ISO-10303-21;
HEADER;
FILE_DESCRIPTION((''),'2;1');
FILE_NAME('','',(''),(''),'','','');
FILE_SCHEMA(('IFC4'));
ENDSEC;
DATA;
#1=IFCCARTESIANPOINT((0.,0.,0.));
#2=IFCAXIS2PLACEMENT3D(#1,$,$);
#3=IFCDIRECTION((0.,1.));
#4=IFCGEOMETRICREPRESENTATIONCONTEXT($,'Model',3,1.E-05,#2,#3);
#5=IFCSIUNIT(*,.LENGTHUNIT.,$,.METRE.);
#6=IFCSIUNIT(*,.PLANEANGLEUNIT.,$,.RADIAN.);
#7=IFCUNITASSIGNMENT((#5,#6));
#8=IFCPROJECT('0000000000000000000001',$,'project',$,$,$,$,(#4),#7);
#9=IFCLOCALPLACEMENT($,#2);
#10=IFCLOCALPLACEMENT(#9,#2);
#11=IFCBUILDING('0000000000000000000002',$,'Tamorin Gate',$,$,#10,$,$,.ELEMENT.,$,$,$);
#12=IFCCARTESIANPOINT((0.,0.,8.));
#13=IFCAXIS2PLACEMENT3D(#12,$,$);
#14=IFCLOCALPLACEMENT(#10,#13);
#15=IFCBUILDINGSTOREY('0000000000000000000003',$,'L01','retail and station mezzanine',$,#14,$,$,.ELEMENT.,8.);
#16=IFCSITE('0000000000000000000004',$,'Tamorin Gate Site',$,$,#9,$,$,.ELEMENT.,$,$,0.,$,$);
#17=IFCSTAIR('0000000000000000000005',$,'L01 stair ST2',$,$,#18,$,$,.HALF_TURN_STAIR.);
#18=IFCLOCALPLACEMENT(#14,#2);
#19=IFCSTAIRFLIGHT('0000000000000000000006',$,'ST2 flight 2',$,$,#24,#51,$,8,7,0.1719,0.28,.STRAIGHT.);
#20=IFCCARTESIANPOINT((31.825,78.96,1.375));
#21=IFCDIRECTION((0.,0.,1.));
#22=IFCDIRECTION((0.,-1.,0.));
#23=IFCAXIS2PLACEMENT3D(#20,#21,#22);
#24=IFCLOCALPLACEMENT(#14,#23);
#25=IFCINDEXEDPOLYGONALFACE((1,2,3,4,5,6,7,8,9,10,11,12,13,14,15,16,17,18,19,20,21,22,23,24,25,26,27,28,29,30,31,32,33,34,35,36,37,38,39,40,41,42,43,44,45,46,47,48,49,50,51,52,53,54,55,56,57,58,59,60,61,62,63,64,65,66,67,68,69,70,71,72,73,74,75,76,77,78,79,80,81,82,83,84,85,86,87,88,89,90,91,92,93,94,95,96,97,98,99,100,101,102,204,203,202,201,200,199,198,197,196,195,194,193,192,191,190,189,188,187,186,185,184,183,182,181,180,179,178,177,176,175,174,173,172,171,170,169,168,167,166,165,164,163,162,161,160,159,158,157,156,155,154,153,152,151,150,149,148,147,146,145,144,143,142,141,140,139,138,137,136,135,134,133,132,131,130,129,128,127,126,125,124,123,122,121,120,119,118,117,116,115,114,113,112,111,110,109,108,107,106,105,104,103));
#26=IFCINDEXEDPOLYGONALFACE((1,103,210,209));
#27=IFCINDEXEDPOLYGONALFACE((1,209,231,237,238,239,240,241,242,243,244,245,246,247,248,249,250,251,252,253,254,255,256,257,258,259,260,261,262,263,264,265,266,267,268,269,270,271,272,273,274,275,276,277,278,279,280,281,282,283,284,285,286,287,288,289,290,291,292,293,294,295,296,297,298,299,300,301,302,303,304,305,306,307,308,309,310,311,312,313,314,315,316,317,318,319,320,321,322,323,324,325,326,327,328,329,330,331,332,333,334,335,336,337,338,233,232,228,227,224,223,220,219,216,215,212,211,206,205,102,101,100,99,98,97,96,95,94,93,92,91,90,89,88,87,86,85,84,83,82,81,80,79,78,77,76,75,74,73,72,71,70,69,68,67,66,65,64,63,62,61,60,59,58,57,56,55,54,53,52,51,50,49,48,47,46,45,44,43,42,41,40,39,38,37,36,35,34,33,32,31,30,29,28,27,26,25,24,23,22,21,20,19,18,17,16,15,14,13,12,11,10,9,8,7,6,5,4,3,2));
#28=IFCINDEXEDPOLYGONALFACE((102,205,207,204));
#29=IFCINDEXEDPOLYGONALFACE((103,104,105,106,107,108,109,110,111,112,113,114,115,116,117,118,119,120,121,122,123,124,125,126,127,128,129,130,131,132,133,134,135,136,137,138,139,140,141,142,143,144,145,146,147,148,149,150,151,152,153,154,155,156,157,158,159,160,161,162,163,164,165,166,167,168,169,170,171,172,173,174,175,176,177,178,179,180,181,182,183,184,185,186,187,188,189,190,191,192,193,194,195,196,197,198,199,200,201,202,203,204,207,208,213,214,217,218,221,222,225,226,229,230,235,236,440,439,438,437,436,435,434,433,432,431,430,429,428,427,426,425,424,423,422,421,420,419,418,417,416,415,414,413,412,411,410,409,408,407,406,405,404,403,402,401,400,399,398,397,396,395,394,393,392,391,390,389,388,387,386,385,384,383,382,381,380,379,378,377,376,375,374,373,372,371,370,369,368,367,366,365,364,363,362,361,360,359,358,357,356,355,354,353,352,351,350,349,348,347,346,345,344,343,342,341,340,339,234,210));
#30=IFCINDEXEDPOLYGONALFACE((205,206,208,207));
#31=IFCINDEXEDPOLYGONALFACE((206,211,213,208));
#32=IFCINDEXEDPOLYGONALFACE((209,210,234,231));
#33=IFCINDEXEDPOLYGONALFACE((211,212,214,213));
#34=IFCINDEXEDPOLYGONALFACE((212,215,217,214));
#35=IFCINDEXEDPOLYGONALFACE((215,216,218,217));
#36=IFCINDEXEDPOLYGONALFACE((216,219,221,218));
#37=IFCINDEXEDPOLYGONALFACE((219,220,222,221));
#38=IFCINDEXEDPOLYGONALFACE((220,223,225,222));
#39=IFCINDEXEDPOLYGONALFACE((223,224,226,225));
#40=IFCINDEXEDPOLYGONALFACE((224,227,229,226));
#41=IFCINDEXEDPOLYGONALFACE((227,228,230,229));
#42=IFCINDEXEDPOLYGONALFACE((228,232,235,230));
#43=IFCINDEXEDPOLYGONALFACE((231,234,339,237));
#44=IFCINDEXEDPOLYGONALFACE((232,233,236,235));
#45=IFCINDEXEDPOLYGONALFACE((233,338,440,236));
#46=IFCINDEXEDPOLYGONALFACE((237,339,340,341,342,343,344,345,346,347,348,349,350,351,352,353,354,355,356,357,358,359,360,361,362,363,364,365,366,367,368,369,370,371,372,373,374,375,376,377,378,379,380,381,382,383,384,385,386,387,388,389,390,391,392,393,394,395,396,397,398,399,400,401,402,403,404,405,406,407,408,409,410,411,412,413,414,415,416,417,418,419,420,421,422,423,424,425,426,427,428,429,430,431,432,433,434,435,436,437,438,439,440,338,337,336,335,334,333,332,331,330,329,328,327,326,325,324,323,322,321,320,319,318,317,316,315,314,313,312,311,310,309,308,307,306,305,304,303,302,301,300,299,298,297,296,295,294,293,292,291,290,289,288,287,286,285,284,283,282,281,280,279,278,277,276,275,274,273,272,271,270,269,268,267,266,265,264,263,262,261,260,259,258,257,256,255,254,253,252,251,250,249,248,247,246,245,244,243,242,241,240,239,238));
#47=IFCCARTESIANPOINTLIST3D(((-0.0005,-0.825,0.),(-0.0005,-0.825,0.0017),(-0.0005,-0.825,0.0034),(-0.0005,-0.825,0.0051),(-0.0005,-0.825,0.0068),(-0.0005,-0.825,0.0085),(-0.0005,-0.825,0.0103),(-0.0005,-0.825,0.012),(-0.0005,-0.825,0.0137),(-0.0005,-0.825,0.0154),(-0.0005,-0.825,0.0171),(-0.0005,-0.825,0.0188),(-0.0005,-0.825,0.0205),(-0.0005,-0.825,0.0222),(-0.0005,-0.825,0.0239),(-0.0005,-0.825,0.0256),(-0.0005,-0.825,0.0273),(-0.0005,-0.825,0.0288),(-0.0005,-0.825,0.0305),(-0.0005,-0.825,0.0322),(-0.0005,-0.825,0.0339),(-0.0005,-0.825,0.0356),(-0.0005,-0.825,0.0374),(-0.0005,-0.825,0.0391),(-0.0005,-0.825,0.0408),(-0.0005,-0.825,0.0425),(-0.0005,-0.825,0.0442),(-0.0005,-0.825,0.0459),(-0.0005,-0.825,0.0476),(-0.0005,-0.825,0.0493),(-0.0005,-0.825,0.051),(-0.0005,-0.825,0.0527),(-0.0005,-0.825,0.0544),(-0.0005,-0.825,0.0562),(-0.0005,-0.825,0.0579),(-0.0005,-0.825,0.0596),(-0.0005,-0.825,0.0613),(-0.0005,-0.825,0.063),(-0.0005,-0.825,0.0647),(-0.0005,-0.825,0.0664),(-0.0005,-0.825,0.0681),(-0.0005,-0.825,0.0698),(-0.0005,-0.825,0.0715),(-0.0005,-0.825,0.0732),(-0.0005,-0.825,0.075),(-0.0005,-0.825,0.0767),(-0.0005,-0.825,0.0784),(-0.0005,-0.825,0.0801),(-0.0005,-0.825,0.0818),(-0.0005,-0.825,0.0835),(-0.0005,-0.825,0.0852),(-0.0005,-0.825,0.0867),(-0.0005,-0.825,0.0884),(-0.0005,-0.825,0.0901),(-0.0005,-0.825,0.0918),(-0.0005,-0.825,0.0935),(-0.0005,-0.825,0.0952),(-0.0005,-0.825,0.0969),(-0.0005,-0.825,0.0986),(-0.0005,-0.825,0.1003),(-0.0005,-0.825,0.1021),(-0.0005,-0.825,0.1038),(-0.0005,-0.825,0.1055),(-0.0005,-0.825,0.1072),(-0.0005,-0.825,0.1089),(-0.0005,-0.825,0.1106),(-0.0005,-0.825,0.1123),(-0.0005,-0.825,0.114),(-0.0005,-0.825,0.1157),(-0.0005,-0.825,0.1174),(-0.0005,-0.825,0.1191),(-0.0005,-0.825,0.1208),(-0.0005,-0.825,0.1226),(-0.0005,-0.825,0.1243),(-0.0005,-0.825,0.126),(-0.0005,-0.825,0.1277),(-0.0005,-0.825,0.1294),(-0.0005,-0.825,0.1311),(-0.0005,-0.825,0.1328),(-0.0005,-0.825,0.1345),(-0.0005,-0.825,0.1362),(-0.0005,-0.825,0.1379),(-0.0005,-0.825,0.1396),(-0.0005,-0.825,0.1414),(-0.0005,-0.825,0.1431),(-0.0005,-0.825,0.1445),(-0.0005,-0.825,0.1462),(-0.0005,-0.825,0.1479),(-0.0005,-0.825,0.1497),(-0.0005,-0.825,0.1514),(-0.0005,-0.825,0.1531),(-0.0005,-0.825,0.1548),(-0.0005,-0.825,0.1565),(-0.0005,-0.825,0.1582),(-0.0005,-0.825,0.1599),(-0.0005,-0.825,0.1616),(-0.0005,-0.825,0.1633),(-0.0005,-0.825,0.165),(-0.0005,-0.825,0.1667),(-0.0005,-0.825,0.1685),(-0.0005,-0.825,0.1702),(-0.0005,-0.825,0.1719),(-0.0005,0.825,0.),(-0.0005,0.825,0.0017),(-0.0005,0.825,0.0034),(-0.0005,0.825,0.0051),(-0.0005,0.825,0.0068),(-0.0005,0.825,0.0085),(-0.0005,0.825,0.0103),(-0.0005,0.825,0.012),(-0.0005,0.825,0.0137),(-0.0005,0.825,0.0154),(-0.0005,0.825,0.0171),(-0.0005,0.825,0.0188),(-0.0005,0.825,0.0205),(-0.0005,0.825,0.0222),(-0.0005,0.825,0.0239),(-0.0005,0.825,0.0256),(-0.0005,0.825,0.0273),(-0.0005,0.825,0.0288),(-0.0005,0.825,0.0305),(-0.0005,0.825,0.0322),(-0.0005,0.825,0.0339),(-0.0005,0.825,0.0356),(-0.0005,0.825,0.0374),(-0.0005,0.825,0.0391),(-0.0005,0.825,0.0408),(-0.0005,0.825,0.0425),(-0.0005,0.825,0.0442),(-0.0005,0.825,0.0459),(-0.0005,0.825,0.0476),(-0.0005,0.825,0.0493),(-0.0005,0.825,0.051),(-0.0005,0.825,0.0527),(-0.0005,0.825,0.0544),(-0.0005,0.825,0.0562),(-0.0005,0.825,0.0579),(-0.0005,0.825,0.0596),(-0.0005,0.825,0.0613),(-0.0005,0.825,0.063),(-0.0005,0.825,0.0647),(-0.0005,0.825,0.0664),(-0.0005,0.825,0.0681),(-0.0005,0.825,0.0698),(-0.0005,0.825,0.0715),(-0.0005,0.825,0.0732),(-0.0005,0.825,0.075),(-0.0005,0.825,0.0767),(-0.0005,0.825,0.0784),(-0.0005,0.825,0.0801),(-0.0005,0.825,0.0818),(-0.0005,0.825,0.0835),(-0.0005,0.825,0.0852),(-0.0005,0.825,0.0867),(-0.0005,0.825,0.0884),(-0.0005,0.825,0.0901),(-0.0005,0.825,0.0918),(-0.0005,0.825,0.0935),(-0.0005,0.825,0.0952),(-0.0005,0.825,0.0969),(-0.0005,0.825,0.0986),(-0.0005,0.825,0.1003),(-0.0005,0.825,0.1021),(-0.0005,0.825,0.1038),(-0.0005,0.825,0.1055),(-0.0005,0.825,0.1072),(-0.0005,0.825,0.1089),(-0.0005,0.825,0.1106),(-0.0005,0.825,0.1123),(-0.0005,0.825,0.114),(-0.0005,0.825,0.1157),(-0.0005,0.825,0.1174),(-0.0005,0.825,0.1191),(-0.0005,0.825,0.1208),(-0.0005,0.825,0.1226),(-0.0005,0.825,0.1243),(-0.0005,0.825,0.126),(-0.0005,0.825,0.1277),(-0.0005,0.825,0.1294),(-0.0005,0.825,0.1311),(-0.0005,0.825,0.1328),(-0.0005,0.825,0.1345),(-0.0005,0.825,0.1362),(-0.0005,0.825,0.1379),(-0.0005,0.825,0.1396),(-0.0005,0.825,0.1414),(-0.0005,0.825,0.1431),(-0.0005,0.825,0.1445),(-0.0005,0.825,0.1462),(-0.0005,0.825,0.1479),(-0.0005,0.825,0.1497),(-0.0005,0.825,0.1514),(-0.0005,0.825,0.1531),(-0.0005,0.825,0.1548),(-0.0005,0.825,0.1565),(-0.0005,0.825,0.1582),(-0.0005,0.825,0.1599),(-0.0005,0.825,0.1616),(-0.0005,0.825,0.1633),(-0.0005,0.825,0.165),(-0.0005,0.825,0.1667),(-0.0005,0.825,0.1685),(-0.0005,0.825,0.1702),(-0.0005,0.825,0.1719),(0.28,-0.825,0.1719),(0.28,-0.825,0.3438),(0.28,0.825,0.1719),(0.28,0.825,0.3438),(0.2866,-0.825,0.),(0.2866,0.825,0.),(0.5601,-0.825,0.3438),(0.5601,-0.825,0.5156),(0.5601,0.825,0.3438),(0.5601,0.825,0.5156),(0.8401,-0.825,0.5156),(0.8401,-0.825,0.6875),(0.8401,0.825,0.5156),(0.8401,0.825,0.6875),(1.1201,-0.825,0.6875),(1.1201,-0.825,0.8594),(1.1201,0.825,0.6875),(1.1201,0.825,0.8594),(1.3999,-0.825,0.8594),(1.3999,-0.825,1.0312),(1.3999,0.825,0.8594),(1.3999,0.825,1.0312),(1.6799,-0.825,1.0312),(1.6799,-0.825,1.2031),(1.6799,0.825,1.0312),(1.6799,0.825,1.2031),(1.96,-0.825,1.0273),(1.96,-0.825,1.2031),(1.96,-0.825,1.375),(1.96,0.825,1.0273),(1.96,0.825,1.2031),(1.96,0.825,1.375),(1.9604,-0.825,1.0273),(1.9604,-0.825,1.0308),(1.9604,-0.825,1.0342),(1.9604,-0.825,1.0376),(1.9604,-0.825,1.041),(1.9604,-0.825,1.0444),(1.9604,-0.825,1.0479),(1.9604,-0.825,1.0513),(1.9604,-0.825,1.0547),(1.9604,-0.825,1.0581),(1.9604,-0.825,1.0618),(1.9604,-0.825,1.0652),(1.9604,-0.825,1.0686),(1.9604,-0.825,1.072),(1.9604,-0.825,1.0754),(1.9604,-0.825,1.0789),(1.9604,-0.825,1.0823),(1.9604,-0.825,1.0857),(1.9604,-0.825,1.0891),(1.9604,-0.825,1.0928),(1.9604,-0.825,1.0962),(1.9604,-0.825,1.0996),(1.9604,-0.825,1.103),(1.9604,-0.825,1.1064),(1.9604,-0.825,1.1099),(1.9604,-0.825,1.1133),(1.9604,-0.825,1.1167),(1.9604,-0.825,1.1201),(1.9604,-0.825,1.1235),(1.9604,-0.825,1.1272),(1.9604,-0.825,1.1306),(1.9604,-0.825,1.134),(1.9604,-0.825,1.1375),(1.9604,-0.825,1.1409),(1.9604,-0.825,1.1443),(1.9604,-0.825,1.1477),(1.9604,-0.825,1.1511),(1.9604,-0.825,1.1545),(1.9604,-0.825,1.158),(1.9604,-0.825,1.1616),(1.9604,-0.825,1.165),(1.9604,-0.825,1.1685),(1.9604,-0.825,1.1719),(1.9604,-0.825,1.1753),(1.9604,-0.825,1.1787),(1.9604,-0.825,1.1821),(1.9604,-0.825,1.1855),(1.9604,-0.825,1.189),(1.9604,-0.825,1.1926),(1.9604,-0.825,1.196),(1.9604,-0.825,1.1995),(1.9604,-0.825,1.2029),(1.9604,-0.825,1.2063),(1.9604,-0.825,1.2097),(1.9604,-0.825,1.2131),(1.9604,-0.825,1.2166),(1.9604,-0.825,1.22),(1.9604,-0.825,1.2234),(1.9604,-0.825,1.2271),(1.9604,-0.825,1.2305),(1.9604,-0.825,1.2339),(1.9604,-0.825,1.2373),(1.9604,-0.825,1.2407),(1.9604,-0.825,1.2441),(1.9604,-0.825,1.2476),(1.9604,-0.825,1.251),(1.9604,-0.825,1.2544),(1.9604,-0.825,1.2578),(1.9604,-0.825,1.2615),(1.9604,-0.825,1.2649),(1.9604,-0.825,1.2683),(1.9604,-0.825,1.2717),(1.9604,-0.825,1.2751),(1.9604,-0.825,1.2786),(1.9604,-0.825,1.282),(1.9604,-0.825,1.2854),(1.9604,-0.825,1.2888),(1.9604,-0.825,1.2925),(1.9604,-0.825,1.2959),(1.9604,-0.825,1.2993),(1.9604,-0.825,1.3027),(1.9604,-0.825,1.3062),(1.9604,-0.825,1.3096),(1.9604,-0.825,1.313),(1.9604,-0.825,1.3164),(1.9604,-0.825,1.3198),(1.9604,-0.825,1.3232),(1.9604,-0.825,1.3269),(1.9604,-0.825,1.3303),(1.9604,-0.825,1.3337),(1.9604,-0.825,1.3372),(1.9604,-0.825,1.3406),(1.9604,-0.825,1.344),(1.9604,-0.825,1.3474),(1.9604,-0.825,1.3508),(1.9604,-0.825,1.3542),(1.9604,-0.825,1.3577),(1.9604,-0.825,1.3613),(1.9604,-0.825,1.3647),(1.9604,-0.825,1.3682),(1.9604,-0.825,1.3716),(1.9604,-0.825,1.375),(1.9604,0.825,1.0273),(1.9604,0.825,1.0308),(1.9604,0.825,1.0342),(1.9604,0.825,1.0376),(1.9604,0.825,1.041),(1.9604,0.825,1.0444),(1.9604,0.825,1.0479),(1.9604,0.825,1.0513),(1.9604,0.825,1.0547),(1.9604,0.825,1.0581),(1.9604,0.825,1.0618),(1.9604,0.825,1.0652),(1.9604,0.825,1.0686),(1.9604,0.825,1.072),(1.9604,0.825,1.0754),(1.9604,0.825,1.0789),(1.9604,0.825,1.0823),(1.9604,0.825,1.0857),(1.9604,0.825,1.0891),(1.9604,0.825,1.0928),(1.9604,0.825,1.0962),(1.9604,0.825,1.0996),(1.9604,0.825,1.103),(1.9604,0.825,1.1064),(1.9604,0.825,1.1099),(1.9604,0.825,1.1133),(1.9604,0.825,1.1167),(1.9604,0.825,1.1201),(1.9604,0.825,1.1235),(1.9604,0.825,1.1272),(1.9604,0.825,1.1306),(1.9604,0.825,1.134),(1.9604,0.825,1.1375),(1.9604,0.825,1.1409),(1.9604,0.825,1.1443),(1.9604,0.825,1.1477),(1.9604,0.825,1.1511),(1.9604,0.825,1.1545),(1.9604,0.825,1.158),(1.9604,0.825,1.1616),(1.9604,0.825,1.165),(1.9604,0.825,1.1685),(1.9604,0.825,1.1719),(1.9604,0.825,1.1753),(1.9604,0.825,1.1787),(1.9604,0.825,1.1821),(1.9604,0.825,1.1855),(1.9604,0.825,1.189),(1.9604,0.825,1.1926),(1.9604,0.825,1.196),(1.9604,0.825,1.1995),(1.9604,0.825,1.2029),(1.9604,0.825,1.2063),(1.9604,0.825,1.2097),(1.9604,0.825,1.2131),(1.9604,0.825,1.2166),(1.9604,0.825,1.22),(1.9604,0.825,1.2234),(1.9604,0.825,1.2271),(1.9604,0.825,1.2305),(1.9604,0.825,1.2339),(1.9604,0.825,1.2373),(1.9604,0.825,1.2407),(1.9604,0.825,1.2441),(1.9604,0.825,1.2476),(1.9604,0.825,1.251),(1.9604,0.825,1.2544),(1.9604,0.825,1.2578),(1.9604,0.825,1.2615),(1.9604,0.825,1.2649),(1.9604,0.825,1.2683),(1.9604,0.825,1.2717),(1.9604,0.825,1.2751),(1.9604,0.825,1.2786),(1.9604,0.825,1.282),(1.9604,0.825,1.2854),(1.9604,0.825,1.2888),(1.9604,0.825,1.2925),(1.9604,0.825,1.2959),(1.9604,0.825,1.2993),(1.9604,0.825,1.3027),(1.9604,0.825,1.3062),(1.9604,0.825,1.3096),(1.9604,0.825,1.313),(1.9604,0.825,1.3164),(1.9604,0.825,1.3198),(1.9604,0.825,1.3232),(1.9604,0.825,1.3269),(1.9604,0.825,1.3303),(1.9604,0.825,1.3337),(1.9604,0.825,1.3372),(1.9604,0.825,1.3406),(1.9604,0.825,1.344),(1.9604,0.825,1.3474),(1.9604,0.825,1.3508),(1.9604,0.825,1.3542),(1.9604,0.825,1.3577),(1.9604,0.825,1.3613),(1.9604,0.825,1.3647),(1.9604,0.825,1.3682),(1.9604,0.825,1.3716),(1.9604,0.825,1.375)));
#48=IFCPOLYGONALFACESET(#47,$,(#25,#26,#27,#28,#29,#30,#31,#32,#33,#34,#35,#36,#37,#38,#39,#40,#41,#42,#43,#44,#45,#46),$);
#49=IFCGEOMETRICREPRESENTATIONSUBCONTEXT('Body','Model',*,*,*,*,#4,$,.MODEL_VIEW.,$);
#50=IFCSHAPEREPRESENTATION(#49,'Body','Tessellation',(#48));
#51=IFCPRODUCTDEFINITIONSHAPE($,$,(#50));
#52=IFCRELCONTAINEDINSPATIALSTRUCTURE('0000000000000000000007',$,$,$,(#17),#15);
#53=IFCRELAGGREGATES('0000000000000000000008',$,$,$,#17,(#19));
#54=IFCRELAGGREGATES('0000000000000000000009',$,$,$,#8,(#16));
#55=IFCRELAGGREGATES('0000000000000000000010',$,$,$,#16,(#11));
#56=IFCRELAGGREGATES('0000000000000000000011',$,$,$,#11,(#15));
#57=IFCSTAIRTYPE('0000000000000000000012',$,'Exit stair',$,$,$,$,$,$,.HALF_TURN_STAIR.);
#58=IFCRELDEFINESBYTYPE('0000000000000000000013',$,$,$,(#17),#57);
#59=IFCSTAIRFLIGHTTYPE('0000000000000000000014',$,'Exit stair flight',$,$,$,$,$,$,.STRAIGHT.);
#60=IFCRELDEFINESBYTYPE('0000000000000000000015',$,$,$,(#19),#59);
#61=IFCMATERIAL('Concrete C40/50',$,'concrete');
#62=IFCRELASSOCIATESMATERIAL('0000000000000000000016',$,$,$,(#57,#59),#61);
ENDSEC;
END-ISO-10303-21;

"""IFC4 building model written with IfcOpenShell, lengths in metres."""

from ifc_helpers import new_model, si_unit, direction, frame, origin, place, context, subcontext, project, spatial, polyline, outline, extrude, material, type_object, element, aggregate, save


model = new_model("IFC4")

# Units and contexts
model_context = context("Model", 3, precision=1e-05, world=origin(), true_north=direction((0.0, 1.0)))
body_context = subcontext(model_context, "Body", "Model", "MODEL_VIEW")
ifc_project = project(units=[si_unit("LENGTHUNIT", "METRE"), si_unit("PLANEANGLEUNIT", "RADIAN")], contexts=[model_context])

# Site, building, storey
site_placement = place(None, origin())
site = spatial("IfcSite", under=ifc_project, at=site_placement, Name="Tamorin Gate Site", CompositionType="ELEMENT", RefElevation=0.0)
building_placement = place(site_placement, origin())
building = spatial("IfcBuilding", under=site, at=building_placement, Name="Tamorin Gate", CompositionType="ELEMENT")
storey_placement = place(building_placement, frame((0.0, 0.0, 8.0)))
storey = spatial("IfcBuildingStorey", under=building, at=storey_placement, Name="L01", Description="retail and station mezzanine", CompositionType="ELEMENT", Elevation=8.0)

# Stair, stair flight
ifc_material_1 = material(Name="Concrete C40/50", Category="concrete")
stair_type = type_object("IfcStairType", Name="Exit stair", PredefinedType="HALF_TURN_STAIR", material=ifc_material_1)
stair_placement = place(storey_placement, origin())
stair = element("IfcStair", 1, at=stair_placement, inside=storey, type_object=stair_type, Name="L01 stair ST2", PredefinedType="HALF_TURN_STAIR")
stair_flight_type = type_object("IfcStairFlightType", Name="Exit stair flight", PredefinedType="STRAIGHT", material=ifc_material_1)
stair_flight_1_placement = place(storey_placement, frame((31.825, 78.96, 1.375), z_axis=(0.0, 0.0, 1.0), x_axis=(0.0, -1.0, 0.0)))
stair_flight_1 = element("IfcStairFlight", 2, at=stair_flight_1_placement, type_object=stair_flight_type, Name="ST2 flight 2", NumberOfRisers=8, NumberOfTreads=7, PredefinedType="STRAIGHT", RiserHeight=0.1719, TreadLength=0.28, context=body_context, shape_type="SweptSolid", body=[
    extrude(outline(polyline([(-0.0005, 0.0), (-0.0005, 0.0017), (-0.0005, 0.0034), (-0.0005, 0.0051), (-0.0005, 0.0068), (-0.0005, 0.0085), (-0.0005, 0.0103), (-0.0005, 0.012), (-0.0005, 0.0137), (-0.0005, 0.0154), (-0.0005, 0.0171), (-0.0005, 0.0188), (-0.0005, 0.0205), (-0.0005, 0.0222), (-0.0005, 0.0239), (-0.0005, 0.0256), (-0.0005, 0.0273), (-0.0005, 0.0288), (-0.0005, 0.0305), (-0.0005, 0.0322), (-0.0005, 0.0339), (-0.0005, 0.0356), (-0.0005, 0.0374), (-0.0005, 0.0391), (-0.0005, 0.0408), (-0.0005, 0.0425), (-0.0005, 0.0442), (-0.0005, 0.0459), (-0.0005, 0.0476), (-0.0005, 0.0493), (-0.0005, 0.051), (-0.0005, 0.0527), (-0.0005, 0.0544), (-0.0005, 0.0562), (-0.0005, 0.0579), (-0.0005, 0.0596), (-0.0005, 0.0613), (-0.0005, 0.063), (-0.0005, 0.0647), (-0.0005, 0.0664), (-0.0005, 0.0681), (-0.0005, 0.0698), (-0.0005, 0.0715), (-0.0005, 0.0732), (-0.0005, 0.075), (-0.0005, 0.0767), (-0.0005, 0.0784), (-0.0005, 0.0801), (-0.0005, 0.0818), (-0.0005, 0.0835), (-0.0005, 0.0852), (-0.0005, 0.0867), (-0.0005, 0.0884), (-0.0005, 0.0901), (-0.0005, 0.0918), (-0.0005, 0.0935), (-0.0005, 0.0952), (-0.0005, 0.0969), (-0.0005, 0.0986), (-0.0005, 0.1003), (-0.0005, 0.1021), (-0.0005, 0.1038), (-0.0005, 0.1055), (-0.0005, 0.1072), (-0.0005, 0.1089), (-0.0005, 0.1106), (-0.0005, 0.1123), (-0.0005, 0.114), (-0.0005, 0.1157), (-0.0005, 0.1174), (-0.0005, 0.1191), (-0.0005, 0.1208), (-0.0005, 0.1226), (-0.0005, 0.1243), (-0.0005, 0.126), (-0.0005, 0.1277), (-0.0005, 0.1294), (-0.0005, 0.1311), (-0.0005, 0.1328), (-0.0005, 0.1345), (-0.0005, 0.1362), (-0.0005, 0.1379), (-0.0005, 0.1396), (-0.0005, 0.1414), (-0.0005, 0.1431), (-0.0005, 0.1445), (-0.0005, 0.1462), (-0.0005, 0.1479), (-0.0005, 0.1497), (-0.0005, 0.1514), (-0.0005, 0.1531), (-0.0005, 0.1548), (-0.0005, 0.1565), (-0.0005, 0.1582), (-0.0005, 0.1599), (-0.0005, 0.1616), (-0.0005, 0.1633), (-0.0005, 0.165), (-0.0005, 0.1667), (-0.0005, 0.1685), (-0.0005, 0.1702), (-0.0005, 0.1719), (0.28, 0.1719), (0.28, 0.3438), (0.5601, 0.3438), (0.5601, 0.5156), (0.8401, 0.5156), (0.8401, 0.6875), (1.1201, 0.6875), (1.1201, 0.8594), (1.3999, 0.8594), (1.3999, 1.0312), (1.6799, 1.0312), (1.6799, 1.2031), (1.96, 1.2031), (1.96, 1.375), (1.9604, 1.375), (1.9604, 1.3716), (1.9604, 1.3682), (1.9604, 1.3647), (1.9604, 1.3613), (1.9604, 1.3577), (1.9604, 1.3542), (1.9604, 1.3508), (1.9604, 1.3474), (1.9604, 1.344), (1.9604, 1.3406), (1.9604, 1.3372), (1.9604, 1.3337), (1.9604, 1.3303), (1.9604, 1.3269), (1.9604, 1.3232), (1.9604, 1.3198), (1.9604, 1.3164), (1.9604, 1.313), (1.9604, 1.3096), (1.9604, 1.3062), (1.9604, 1.3027), (1.9604, 1.2993), (1.9604, 1.2959), (1.9604, 1.2925), (1.9604, 1.2888), (1.9604, 1.2854), (1.9604, 1.282), (1.9604, 1.2786), (1.9604, 1.2751), (1.9604, 1.2717), (1.9604, 1.2683), (1.9604, 1.2649), (1.9604, 1.2615), (1.9604, 1.2578), (1.9604, 1.2544), (1.9604, 1.251), (1.9604, 1.2476), (1.9604, 1.2441), (1.9604, 1.2407), (1.9604, 1.2373), (1.9604, 1.2339), (1.9604, 1.2305), (1.9604, 1.2271), (1.9604, 1.2234), (1.9604, 1.22), (1.9604, 1.2166), (1.9604, 1.2131), (1.9604, 1.2097), (1.9604, 1.2063), (1.9604, 1.2029), (1.9604, 1.1995), (1.9604, 1.196), (1.9604, 1.1926), (1.9604, 1.189), (1.9604, 1.1855), (1.9604, 1.1821), (1.9604, 1.1787), (1.9604, 1.1753), (1.9604, 1.1719), (1.9604, 1.1685), (1.9604, 1.165), (1.9604, 1.1616), (1.9604, 1.158), (1.9604, 1.1545), (1.9604, 1.1511), (1.9604, 1.1477), (1.9604, 1.1443), (1.9604, 1.1409), (1.9604, 1.1375), (1.9604, 1.134), (1.9604, 1.1306), (1.9604, 1.1272), (1.9604, 1.1235), (1.9604, 1.1201), (1.9604, 1.1167), (1.9604, 1.1133), (1.9604, 1.1099), (1.9604, 1.1064), (1.9604, 1.103), (1.9604, 1.0996), (1.9604, 1.0962), (1.9604, 1.0928), (1.9604, 1.0891), (1.9604, 1.0857), (1.9604, 1.0823), (1.9604, 1.0789), (1.9604, 1.0754), (1.9604, 1.072), (1.9604, 1.0686), (1.9604, 1.0652), (1.9604, 1.0618), (1.9604, 1.0581), (1.9604, 1.0547), (1.9604, 1.0513), (1.9604, 1.0479), (1.9604, 1.0444), (1.9604, 1.041), (1.9604, 1.0376), (1.9604, 1.0342), (1.9604, 1.0308), (1.9604, 1.0273), (1.96, 1.0273), (0.2866, 0.0), (-0.0005, 0.0)])), frame((0.0, 0.825, 0.0), z_axis=(0.0, -1.0, 0.0), x_axis=(1.0, 0.0, 0.0)), (0.0, 0.0, 1.0), 1.6499),
])
aggregate(stair, [stair_flight_1])

save(model, "model.ifc")
